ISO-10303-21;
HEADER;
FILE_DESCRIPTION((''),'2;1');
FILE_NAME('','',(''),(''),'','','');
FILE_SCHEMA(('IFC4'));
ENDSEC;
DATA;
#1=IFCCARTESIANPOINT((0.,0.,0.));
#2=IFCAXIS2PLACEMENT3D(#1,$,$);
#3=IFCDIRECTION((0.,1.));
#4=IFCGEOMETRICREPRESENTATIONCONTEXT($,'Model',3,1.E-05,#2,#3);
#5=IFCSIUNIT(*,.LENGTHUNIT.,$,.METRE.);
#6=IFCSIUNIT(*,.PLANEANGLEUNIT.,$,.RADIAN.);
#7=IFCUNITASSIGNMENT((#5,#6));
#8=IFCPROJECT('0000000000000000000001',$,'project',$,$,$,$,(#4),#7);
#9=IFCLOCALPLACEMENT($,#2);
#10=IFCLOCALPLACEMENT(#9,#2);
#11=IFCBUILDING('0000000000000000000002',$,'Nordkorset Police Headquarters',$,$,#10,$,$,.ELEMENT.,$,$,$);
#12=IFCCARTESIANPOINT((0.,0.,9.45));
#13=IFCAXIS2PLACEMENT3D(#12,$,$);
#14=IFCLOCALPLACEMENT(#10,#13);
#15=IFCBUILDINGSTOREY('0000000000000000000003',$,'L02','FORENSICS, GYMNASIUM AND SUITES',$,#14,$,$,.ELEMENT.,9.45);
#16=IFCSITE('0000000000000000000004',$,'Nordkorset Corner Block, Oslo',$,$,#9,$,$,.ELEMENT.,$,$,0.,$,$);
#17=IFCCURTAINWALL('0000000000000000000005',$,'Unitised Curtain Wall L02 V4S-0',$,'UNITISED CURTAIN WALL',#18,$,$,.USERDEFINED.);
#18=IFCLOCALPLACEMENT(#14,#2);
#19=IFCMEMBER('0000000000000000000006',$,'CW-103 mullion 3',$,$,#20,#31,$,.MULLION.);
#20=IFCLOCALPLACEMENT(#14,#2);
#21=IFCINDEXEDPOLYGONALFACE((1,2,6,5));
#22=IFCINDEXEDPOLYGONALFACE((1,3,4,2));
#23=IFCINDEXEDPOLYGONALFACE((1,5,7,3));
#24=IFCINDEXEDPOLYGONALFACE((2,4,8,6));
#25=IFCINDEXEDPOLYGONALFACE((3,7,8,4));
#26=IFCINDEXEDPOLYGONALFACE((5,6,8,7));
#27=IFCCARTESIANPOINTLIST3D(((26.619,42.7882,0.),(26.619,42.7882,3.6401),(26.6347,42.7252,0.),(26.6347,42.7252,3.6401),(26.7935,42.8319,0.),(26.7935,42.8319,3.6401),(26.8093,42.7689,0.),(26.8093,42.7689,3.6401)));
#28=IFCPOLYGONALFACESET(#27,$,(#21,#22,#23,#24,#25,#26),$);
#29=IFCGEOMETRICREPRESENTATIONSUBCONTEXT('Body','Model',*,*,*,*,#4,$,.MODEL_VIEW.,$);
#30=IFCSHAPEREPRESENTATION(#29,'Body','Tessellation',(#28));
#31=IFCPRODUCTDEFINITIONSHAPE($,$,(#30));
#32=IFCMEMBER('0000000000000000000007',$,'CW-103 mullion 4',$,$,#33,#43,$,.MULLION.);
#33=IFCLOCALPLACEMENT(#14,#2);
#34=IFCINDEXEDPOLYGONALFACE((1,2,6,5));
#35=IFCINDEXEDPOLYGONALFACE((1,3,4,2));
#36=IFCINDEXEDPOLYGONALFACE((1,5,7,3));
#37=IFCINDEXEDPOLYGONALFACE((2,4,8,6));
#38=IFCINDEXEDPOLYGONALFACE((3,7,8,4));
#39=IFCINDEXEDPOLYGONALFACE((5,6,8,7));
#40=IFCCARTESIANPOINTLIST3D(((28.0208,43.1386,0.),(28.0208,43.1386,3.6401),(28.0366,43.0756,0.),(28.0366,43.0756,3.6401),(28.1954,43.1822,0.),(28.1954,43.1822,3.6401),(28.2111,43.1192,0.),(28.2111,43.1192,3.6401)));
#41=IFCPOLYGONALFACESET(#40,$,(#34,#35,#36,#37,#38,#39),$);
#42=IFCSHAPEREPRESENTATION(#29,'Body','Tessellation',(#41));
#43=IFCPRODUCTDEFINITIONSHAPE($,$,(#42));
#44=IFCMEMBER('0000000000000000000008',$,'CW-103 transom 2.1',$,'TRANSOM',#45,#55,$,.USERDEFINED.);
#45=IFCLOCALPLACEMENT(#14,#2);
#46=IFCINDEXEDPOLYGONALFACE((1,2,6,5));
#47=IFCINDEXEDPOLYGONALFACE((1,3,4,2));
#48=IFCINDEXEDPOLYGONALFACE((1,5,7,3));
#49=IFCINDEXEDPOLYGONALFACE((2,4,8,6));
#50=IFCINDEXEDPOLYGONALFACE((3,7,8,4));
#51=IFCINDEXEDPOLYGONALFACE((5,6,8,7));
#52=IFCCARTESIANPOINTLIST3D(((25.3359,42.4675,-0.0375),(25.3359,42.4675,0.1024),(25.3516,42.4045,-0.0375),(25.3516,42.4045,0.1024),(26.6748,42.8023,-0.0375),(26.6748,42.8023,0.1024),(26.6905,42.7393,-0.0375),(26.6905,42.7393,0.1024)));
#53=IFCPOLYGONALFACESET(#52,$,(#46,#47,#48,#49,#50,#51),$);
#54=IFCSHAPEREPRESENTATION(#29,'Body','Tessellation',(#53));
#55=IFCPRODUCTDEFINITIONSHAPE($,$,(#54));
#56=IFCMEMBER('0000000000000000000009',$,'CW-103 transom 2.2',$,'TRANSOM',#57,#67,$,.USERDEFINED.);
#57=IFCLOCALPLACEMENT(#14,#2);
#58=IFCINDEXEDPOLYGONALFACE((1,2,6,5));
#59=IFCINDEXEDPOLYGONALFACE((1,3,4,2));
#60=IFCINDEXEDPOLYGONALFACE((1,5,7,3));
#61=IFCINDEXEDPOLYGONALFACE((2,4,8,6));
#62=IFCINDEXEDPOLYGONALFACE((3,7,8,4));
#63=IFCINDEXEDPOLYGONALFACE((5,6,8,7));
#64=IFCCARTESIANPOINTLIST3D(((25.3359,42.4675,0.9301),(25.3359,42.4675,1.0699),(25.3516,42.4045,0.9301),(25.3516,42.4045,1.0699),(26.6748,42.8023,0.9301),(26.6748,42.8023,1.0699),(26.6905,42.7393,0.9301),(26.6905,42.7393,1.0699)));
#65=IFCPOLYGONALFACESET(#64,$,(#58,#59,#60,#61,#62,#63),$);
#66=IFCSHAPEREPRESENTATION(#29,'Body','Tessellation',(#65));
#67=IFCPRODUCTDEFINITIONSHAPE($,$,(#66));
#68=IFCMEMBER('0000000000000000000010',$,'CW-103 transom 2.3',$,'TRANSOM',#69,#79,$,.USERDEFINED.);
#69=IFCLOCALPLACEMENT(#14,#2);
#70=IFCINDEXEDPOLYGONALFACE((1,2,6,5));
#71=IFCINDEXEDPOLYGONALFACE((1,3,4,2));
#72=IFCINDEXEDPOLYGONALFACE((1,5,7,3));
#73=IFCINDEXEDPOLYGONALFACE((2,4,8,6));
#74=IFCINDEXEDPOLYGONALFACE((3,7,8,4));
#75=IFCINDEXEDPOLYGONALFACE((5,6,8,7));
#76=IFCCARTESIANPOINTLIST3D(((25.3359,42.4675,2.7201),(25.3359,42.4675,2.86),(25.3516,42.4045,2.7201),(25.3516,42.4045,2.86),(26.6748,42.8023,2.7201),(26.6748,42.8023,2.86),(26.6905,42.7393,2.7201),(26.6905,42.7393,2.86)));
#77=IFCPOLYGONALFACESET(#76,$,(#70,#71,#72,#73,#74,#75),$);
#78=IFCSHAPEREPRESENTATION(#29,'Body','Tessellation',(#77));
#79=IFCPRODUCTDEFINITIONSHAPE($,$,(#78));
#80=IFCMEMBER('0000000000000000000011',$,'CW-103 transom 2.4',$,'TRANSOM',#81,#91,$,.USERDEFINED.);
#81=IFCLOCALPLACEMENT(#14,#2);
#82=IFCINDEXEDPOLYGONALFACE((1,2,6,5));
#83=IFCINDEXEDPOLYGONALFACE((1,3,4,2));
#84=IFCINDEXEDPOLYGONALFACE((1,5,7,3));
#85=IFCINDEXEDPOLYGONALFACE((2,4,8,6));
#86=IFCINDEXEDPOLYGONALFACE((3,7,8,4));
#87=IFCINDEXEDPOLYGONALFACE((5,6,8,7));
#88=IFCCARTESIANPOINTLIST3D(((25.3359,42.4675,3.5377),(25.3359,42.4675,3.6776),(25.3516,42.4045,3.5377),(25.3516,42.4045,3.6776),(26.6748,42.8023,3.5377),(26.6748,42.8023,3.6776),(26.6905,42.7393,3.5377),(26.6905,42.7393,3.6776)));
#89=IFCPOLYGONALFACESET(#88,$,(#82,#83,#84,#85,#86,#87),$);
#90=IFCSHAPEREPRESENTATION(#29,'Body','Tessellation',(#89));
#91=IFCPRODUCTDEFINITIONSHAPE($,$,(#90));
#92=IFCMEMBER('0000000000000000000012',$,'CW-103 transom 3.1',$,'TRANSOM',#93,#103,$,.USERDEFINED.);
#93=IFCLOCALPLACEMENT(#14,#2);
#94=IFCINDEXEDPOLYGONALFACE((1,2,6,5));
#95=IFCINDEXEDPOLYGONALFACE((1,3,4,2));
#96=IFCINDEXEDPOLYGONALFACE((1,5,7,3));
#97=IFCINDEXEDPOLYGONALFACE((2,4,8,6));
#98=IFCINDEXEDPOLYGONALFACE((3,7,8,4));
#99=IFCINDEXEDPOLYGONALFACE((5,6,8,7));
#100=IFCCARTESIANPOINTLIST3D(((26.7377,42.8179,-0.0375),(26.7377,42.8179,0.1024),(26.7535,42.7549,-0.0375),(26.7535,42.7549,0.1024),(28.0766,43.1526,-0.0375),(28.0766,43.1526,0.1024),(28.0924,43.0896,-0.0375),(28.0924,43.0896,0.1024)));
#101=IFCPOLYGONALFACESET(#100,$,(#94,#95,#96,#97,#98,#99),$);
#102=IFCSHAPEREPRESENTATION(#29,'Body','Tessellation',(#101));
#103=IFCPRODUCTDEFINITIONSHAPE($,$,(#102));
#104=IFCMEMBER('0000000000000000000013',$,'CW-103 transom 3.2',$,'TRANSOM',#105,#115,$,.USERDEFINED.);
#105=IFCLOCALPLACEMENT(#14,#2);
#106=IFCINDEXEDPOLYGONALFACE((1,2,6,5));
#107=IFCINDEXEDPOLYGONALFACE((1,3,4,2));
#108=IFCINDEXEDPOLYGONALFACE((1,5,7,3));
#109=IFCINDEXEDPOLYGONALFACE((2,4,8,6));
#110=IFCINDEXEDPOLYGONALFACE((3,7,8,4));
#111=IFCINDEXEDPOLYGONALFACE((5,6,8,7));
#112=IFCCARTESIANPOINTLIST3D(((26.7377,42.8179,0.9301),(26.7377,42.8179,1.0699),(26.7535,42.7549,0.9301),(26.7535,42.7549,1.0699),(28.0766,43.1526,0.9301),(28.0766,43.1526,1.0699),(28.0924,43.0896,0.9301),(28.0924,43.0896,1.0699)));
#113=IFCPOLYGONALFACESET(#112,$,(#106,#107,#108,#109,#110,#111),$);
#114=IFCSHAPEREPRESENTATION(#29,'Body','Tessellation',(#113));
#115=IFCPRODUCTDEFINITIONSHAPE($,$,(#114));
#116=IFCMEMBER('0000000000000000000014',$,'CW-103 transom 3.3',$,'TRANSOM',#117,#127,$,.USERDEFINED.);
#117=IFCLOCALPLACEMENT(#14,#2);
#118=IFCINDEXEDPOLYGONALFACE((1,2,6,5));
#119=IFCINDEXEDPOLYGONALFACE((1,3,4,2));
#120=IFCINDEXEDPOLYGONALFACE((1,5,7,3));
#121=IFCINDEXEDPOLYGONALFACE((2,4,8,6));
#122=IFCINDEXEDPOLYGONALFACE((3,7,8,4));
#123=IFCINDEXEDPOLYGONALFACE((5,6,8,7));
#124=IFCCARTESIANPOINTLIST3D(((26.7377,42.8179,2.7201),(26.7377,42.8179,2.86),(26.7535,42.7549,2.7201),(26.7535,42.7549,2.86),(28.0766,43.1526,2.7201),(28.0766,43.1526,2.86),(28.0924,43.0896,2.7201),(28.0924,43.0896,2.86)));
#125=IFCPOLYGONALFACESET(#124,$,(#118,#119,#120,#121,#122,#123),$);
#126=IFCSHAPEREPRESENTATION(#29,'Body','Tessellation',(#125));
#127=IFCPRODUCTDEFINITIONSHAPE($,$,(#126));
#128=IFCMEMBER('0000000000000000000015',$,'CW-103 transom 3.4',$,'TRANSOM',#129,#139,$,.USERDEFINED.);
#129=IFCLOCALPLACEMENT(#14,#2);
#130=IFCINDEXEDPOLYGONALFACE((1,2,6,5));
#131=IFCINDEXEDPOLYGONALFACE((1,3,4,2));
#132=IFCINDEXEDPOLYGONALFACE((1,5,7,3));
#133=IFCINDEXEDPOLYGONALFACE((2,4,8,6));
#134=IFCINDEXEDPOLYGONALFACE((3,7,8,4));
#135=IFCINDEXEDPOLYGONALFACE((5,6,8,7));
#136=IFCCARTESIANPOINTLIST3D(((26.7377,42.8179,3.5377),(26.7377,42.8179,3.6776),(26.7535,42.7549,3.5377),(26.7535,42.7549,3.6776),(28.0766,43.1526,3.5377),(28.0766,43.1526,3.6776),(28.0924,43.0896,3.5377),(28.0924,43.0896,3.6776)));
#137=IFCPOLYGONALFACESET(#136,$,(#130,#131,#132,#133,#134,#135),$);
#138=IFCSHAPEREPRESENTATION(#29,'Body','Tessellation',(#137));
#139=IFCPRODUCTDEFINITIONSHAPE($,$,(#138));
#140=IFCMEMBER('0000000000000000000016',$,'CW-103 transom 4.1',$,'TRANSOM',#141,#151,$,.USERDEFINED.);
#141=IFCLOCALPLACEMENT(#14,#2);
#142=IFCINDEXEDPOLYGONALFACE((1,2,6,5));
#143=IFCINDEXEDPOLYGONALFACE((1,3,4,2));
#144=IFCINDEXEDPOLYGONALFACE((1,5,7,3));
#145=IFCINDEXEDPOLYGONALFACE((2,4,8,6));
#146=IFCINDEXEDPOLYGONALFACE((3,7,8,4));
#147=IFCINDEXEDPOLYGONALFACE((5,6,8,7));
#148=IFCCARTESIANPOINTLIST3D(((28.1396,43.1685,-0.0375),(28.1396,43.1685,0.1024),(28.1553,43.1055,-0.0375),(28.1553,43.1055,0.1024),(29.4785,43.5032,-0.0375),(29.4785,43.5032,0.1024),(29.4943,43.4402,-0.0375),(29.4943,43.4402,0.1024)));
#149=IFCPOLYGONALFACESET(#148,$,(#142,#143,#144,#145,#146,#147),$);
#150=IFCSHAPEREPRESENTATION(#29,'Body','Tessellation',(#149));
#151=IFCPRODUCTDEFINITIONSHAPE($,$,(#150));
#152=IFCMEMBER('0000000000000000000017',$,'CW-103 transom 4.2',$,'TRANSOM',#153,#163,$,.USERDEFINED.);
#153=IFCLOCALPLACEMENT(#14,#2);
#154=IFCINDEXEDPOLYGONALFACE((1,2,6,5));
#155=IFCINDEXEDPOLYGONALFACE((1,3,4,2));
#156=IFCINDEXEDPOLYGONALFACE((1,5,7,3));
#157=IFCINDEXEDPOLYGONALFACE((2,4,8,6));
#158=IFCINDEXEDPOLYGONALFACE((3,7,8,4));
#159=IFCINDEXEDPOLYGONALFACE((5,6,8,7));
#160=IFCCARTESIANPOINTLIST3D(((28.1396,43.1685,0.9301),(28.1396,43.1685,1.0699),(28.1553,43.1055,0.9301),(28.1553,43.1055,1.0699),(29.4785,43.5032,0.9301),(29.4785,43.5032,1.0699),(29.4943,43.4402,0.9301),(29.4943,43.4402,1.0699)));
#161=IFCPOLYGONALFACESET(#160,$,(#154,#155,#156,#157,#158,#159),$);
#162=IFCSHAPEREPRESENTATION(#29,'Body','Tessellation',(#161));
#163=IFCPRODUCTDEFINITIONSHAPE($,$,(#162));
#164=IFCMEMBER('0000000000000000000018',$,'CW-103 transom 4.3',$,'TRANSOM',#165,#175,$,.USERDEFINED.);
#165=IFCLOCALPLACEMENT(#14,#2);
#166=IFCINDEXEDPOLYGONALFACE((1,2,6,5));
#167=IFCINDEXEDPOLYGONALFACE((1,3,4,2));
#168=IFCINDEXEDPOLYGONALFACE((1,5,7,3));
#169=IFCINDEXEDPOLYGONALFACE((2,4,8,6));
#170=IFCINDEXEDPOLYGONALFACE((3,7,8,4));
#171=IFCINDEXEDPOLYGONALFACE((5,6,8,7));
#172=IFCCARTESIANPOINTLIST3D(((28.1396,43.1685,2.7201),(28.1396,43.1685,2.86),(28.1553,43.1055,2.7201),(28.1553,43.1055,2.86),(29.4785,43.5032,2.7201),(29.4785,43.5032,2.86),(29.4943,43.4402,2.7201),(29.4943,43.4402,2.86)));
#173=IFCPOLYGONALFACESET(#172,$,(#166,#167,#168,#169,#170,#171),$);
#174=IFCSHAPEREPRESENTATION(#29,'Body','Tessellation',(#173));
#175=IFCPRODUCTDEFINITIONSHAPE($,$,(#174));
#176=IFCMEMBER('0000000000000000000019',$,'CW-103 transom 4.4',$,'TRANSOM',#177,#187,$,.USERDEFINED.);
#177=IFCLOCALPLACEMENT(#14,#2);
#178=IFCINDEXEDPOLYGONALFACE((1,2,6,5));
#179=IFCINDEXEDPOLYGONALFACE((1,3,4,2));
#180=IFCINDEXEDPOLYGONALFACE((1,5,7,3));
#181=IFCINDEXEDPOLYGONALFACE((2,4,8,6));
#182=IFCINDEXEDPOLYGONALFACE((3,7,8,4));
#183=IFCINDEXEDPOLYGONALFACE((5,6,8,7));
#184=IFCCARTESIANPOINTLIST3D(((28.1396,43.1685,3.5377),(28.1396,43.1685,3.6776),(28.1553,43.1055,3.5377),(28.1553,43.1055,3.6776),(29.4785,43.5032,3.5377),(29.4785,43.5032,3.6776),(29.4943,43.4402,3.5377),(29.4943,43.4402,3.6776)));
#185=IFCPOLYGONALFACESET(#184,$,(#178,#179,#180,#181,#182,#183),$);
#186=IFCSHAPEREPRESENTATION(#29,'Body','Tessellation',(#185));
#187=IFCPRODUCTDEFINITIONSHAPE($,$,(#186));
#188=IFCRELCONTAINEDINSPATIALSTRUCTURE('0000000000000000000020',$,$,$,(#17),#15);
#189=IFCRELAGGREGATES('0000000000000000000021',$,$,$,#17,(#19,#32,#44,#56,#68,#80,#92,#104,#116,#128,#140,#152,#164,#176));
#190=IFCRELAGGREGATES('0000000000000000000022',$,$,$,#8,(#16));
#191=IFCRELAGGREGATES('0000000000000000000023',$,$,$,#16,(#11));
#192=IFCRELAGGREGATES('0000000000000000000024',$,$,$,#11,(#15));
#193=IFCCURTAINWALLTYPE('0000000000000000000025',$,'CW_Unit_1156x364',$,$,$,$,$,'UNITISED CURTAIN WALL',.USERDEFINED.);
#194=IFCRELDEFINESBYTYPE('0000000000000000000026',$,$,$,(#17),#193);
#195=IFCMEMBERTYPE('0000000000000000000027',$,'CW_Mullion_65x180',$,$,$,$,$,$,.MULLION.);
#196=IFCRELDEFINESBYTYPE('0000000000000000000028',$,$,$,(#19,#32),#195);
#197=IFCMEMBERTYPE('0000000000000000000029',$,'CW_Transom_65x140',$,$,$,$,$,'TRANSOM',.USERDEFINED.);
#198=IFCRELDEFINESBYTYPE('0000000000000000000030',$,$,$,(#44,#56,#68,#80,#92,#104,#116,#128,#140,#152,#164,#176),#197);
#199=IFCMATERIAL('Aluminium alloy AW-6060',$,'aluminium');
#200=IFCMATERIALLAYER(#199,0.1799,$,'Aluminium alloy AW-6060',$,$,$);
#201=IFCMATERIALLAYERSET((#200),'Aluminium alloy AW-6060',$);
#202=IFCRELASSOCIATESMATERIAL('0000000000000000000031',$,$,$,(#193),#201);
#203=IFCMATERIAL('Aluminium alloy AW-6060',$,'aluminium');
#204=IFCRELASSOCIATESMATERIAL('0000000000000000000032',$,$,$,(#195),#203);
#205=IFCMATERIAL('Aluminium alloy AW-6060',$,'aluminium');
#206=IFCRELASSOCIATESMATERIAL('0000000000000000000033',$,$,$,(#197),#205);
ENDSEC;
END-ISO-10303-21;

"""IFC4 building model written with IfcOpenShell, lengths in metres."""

from ifc_helpers import new_model, si_unit, direction, frame, origin, origin_2d, place, context, subcontext, project, spatial, rectangle, extrude, material, layer, layer_set, material_profile, profile_set, type_object, element, aggregate, save


model = new_model("IFC4")

# Units and contexts
model_context = context("Model", 3, precision=1e-05, world=origin(), true_north=direction((0.0, 1.0)))
body_context = subcontext(model_context, "Body", "Model", "MODEL_VIEW")
ifc_project = project(units=[si_unit("LENGTHUNIT", "METRE"), si_unit("PLANEANGLEUNIT", "RADIAN")], contexts=[model_context])

# Site, building, storey
site_placement = place(None, origin())
site = spatial("IfcSite", under=ifc_project, at=site_placement, Name="Nordkorset Corner Block, Oslo", CompositionType="ELEMENT", RefElevation=0.0)
building_placement = place(site_placement, origin())
building = spatial("IfcBuilding", under=site, at=building_placement, Name="Nordkorset Police Headquarters", CompositionType="ELEMENT")
storey_placement = place(building_placement, frame((0.0, 0.0, 9.45)))
storey = spatial("IfcBuildingStorey", under=building, at=storey_placement, Name="L02", Description="FORENSICS, GYMNASIUM AND SUITES", CompositionType="ELEMENT", Elevation=9.45)

# Curtain wall, members
ifc_material_1 = material(Name="Aluminium alloy AW-6060", Category="aluminium")
ifc_layer_1 = layer(ifc_material_1, 0.1799, Name="Aluminium alloy AW-6060")
ifc_layer_set_1 = layer_set([ifc_layer_1], Name="Aluminium alloy AW-6060")
curtain_wall_type = type_object("IfcCurtainWallType", Name="CW_Unit_1156x364", ElementType="UNITISED CURTAIN WALL", PredefinedType="USERDEFINED", material=ifc_layer_set_1)
curtain_wall_placement = place(storey_placement, origin())
curtain_wall = element("IfcCurtainWall", 1, at=curtain_wall_placement, inside=storey, type_object=curtain_wall_type, Name="Unitised Curtain Wall L02 V4S-0", ObjectType="UNITISED CURTAIN WALL", PredefinedType="USERDEFINED")
ifc_material_2 = material(Name="Aluminium alloy AW-6060", Category="aluminium")
ifc_material_profile_1 = material_profile(ifc_material_2, rectangle(XDim=0.0649, YDim=0.1799, at=origin_2d()), Name="ALU MULL 65x180")
ifc_profile_set_1 = profile_set([ifc_material_profile_1], Name="Aluminium alloy AW-6060")
member_type_1 = type_object("IfcMemberType", Name="CW_Mullion_65x180", PredefinedType="MULLION", material=ifc_profile_set_1)
member_1_placement = place(storey_placement, frame((26.7141, 42.7786, 0.0), z_axis=(0.0, 0.0, 1.0), x_axis=(-0.242536, 0.970143, 0.0)))
member_1 = element("IfcMember", 2, at=member_1_placement, type_object=member_type_1, Name="CW-103 mullion 3", PredefinedType="MULLION", context=body_context, shape_type="SweptSolid", body=[
    extrude(rectangle(XDim=0.0649, YDim=0.1799, at=origin_2d()), origin(), (0.0, 0.0, 1.0), 3.6401),
])
member_2_placement = place(storey_placement, frame((28.116, 43.1289, 0.0), z_axis=(0.0, 0.0, 1.0), x_axis=(-0.242536, 0.970143, 0.0)))
member_2 = element("IfcMember", 3, at=member_2_placement, type_object=member_type_1, Name="CW-103 mullion 4", PredefinedType="MULLION", context=body_context, shape_type="SweptSolid", body=[
    extrude(rectangle(XDim=0.0649, YDim=0.1799, at=origin_2d()), origin(), (0.0, 0.0, 1.0), 3.6401),
])
ifc_material_3 = material(Name="Aluminium alloy AW-6060", Category="aluminium")
ifc_material_profile_2 = material_profile(ifc_material_3, rectangle(XDim=0.0649, YDim=0.1399, at=origin_2d()), Name="ALU TRAN 65x140")
ifc_profile_set_2 = profile_set([ifc_material_profile_2], Name="Aluminium alloy AW-6060")
member_type_2 = type_object("IfcMemberType", Name="CW_Transom_65x140", ElementType="TRANSOM", PredefinedType="USERDEFINED", material=ifc_profile_set_2)
member_3_placement = place(storey_placement, frame((25.3438, 42.436, 0.0325), z_axis=(0.970143, 0.242536, 0.0), x_axis=(-0.242536, 0.970143, 0.0)))
member_3 = element("IfcMember", 4, at=member_3_placement, type_object=member_type_2, Name="CW-103 transom 2.1", ObjectType="TRANSOM", PredefinedType="USERDEFINED", context=body_context, shape_type="SweptSolid", body=[
    extrude(rectangle(XDim=0.0649, YDim=0.1399, at=origin_2d()), origin(), (0.0, 0.0, 1.0), 1.3801),
])
member_4_placement = place(storey_placement, frame((25.3438, 42.436, 1.0), z_axis=(0.970143, 0.242536, 0.0), x_axis=(-0.242536, 0.970143, 0.0)))
member_4 = element("IfcMember", 5, at=member_4_placement, type_object=member_type_2, Name="CW-103 transom 2.2", ObjectType="TRANSOM", PredefinedType="USERDEFINED", context=body_context, shape_type="SweptSolid", body=[
    extrude(rectangle(XDim=0.0649, YDim=0.1399, at=origin_2d()), origin(), (0.0, 0.0, 1.0), 1.3801),
])
member_5_placement = place(storey_placement, frame((25.3438, 42.436, 2.79), z_axis=(0.970143, 0.242536, 0.0), x_axis=(-0.242536, 0.970143, 0.0)))
member_5 = element("IfcMember", 6, at=member_5_placement, type_object=member_type_2, Name="CW-103 transom 2.3", ObjectType="TRANSOM", PredefinedType="USERDEFINED", context=body_context, shape_type="SweptSolid", body=[
    extrude(rectangle(XDim=0.0649, YDim=0.1399, at=origin_2d()), origin(), (0.0, 0.0, 1.0), 1.3801),
])
member_6_placement = place(storey_placement, frame((25.3438, 42.436, 3.6077), z_axis=(0.970143, 0.242536, 0.0), x_axis=(-0.242536, 0.970143, 0.0)))
member_6 = element("IfcMember", 7, at=member_6_placement, type_object=member_type_2, Name="CW-103 transom 2.4", ObjectType="TRANSOM", PredefinedType="USERDEFINED", context=body_context, shape_type="SweptSolid", body=[
    extrude(rectangle(XDim=0.0649, YDim=0.1399, at=origin_2d()), origin(), (0.0, 0.0, 1.0), 1.3801),
])
member_7_placement = place(storey_placement, frame((26.7456, 42.7864, 0.0325), z_axis=(0.970143, 0.242536, 0.0), x_axis=(-0.242536, 0.970143, 0.0)))
member_7 = element("IfcMember", 8, at=member_7_placement, type_object=member_type_2, Name="CW-103 transom 3.1", ObjectType="TRANSOM", PredefinedType="USERDEFINED", context=body_context, shape_type="SweptSolid", body=[
    extrude(rectangle(XDim=0.0649, YDim=0.1399, at=origin_2d()), origin(), (0.0, 0.0, 1.0), 1.3801),
])
member_8_placement = place(storey_placement, frame((26.7456, 42.7864, 1.0), z_axis=(0.970143, 0.242536, 0.0), x_axis=(-0.242536, 0.970143, 0.0)))
member_8 = element("IfcMember", 9, at=member_8_placement, type_object=member_type_2, Name="CW-103 transom 3.2", ObjectType="TRANSOM", PredefinedType="USERDEFINED", context=body_context, shape_type="SweptSolid", body=[
    extrude(rectangle(XDim=0.0649, YDim=0.1399, at=origin_2d()), origin(), (0.0, 0.0, 1.0), 1.3801),
])
member_9_placement = place(storey_placement, frame((26.7456, 42.7864, 2.79), z_axis=(0.970143, 0.242536, 0.0), x_axis=(-0.242536, 0.970143, 0.0)))
member_9 = element("IfcMember", 10, at=member_9_placement, type_object=member_type_2, Name="CW-103 transom 3.3", ObjectType="TRANSOM", PredefinedType="USERDEFINED", context=body_context, shape_type="SweptSolid", body=[
    extrude(rectangle(XDim=0.0649, YDim=0.1399, at=origin_2d()), origin(), (0.0, 0.0, 1.0), 1.3801),
])
member_10_placement = place(storey_placement, frame((26.7456, 42.7864, 3.6077), z_axis=(0.970143, 0.242536, 0.0), x_axis=(-0.242536, 0.970143, 0.0)))
member_10 = element("IfcMember", 11, at=member_10_placement, type_object=member_type_2, Name="CW-103 transom 3.4", ObjectType="TRANSOM", PredefinedType="USERDEFINED", context=body_context, shape_type="SweptSolid", body=[
    extrude(rectangle(XDim=0.0649, YDim=0.1399, at=origin_2d()), origin(), (0.0, 0.0, 1.0), 1.3801),
])
member_11_placement = place(storey_placement, frame((28.1475, 43.137, 0.0325), z_axis=(0.970143, 0.242536, 0.0), x_axis=(-0.242536, 0.970143, 0.0)))
member_11 = element("IfcMember", 12, at=member_11_placement, type_object=member_type_2, Name="CW-103 transom 4.1", ObjectType="TRANSOM", PredefinedType="USERDEFINED", context=body_context, shape_type="SweptSolid", body=[
    extrude(rectangle(XDim=0.0649, YDim=0.1399, at=origin_2d()), origin(), (0.0, 0.0, 1.0), 1.3801),
])
member_12_placement = place(storey_placement, frame((28.1475, 43.137, 1.0), z_axis=(0.970143, 0.242536, 0.0), x_axis=(-0.242536, 0.970143, 0.0)))
member_12 = element("IfcMember", 13, at=member_12_placement, type_object=member_type_2, Name="CW-103 transom 4.2", ObjectType="TRANSOM", PredefinedType="USERDEFINED", context=body_context, shape_type="SweptSolid", body=[
    extrude(rectangle(XDim=0.0649, YDim=0.1399, at=origin_2d()), origin(), (0.0, 0.0, 1.0), 1.3801),
])
member_13_placement = place(storey_placement, frame((28.1475, 43.137, 2.79), z_axis=(0.970143, 0.242536, 0.0), x_axis=(-0.242536, 0.970143, 0.0)))
member_13 = element("IfcMember", 14, at=member_13_placement, type_object=member_type_2, Name="CW-103 transom 4.3", ObjectType="TRANSOM", PredefinedType="USERDEFINED", context=body_context, shape_type="SweptSolid", body=[
    extrude(rectangle(XDim=0.0649, YDim=0.1399, at=origin_2d()), origin(), (0.0, 0.0, 1.0), 1.3801),
])
member_14_placement = place(storey_placement, frame((28.1475, 43.137, 3.6077), z_axis=(0.970143, 0.242536, 0.0), x_axis=(-0.242536, 0.970143, 0.0)))
member_14 = element("IfcMember", 15, at=member_14_placement, type_object=member_type_2, Name="CW-103 transom 4.4", ObjectType="TRANSOM", PredefinedType="USERDEFINED", context=body_context, shape_type="SweptSolid", body=[
    extrude(rectangle(XDim=0.0649, YDim=0.1399, at=origin_2d()), origin(), (0.0, 0.0, 1.0), 1.3801),
])
aggregate(curtain_wall, [member_1, member_2, member_3, member_4, member_5, member_6, member_7, member_8, member_9, member_10, member_11, member_12, member_13, member_14])

save(model, "model.ifc")
